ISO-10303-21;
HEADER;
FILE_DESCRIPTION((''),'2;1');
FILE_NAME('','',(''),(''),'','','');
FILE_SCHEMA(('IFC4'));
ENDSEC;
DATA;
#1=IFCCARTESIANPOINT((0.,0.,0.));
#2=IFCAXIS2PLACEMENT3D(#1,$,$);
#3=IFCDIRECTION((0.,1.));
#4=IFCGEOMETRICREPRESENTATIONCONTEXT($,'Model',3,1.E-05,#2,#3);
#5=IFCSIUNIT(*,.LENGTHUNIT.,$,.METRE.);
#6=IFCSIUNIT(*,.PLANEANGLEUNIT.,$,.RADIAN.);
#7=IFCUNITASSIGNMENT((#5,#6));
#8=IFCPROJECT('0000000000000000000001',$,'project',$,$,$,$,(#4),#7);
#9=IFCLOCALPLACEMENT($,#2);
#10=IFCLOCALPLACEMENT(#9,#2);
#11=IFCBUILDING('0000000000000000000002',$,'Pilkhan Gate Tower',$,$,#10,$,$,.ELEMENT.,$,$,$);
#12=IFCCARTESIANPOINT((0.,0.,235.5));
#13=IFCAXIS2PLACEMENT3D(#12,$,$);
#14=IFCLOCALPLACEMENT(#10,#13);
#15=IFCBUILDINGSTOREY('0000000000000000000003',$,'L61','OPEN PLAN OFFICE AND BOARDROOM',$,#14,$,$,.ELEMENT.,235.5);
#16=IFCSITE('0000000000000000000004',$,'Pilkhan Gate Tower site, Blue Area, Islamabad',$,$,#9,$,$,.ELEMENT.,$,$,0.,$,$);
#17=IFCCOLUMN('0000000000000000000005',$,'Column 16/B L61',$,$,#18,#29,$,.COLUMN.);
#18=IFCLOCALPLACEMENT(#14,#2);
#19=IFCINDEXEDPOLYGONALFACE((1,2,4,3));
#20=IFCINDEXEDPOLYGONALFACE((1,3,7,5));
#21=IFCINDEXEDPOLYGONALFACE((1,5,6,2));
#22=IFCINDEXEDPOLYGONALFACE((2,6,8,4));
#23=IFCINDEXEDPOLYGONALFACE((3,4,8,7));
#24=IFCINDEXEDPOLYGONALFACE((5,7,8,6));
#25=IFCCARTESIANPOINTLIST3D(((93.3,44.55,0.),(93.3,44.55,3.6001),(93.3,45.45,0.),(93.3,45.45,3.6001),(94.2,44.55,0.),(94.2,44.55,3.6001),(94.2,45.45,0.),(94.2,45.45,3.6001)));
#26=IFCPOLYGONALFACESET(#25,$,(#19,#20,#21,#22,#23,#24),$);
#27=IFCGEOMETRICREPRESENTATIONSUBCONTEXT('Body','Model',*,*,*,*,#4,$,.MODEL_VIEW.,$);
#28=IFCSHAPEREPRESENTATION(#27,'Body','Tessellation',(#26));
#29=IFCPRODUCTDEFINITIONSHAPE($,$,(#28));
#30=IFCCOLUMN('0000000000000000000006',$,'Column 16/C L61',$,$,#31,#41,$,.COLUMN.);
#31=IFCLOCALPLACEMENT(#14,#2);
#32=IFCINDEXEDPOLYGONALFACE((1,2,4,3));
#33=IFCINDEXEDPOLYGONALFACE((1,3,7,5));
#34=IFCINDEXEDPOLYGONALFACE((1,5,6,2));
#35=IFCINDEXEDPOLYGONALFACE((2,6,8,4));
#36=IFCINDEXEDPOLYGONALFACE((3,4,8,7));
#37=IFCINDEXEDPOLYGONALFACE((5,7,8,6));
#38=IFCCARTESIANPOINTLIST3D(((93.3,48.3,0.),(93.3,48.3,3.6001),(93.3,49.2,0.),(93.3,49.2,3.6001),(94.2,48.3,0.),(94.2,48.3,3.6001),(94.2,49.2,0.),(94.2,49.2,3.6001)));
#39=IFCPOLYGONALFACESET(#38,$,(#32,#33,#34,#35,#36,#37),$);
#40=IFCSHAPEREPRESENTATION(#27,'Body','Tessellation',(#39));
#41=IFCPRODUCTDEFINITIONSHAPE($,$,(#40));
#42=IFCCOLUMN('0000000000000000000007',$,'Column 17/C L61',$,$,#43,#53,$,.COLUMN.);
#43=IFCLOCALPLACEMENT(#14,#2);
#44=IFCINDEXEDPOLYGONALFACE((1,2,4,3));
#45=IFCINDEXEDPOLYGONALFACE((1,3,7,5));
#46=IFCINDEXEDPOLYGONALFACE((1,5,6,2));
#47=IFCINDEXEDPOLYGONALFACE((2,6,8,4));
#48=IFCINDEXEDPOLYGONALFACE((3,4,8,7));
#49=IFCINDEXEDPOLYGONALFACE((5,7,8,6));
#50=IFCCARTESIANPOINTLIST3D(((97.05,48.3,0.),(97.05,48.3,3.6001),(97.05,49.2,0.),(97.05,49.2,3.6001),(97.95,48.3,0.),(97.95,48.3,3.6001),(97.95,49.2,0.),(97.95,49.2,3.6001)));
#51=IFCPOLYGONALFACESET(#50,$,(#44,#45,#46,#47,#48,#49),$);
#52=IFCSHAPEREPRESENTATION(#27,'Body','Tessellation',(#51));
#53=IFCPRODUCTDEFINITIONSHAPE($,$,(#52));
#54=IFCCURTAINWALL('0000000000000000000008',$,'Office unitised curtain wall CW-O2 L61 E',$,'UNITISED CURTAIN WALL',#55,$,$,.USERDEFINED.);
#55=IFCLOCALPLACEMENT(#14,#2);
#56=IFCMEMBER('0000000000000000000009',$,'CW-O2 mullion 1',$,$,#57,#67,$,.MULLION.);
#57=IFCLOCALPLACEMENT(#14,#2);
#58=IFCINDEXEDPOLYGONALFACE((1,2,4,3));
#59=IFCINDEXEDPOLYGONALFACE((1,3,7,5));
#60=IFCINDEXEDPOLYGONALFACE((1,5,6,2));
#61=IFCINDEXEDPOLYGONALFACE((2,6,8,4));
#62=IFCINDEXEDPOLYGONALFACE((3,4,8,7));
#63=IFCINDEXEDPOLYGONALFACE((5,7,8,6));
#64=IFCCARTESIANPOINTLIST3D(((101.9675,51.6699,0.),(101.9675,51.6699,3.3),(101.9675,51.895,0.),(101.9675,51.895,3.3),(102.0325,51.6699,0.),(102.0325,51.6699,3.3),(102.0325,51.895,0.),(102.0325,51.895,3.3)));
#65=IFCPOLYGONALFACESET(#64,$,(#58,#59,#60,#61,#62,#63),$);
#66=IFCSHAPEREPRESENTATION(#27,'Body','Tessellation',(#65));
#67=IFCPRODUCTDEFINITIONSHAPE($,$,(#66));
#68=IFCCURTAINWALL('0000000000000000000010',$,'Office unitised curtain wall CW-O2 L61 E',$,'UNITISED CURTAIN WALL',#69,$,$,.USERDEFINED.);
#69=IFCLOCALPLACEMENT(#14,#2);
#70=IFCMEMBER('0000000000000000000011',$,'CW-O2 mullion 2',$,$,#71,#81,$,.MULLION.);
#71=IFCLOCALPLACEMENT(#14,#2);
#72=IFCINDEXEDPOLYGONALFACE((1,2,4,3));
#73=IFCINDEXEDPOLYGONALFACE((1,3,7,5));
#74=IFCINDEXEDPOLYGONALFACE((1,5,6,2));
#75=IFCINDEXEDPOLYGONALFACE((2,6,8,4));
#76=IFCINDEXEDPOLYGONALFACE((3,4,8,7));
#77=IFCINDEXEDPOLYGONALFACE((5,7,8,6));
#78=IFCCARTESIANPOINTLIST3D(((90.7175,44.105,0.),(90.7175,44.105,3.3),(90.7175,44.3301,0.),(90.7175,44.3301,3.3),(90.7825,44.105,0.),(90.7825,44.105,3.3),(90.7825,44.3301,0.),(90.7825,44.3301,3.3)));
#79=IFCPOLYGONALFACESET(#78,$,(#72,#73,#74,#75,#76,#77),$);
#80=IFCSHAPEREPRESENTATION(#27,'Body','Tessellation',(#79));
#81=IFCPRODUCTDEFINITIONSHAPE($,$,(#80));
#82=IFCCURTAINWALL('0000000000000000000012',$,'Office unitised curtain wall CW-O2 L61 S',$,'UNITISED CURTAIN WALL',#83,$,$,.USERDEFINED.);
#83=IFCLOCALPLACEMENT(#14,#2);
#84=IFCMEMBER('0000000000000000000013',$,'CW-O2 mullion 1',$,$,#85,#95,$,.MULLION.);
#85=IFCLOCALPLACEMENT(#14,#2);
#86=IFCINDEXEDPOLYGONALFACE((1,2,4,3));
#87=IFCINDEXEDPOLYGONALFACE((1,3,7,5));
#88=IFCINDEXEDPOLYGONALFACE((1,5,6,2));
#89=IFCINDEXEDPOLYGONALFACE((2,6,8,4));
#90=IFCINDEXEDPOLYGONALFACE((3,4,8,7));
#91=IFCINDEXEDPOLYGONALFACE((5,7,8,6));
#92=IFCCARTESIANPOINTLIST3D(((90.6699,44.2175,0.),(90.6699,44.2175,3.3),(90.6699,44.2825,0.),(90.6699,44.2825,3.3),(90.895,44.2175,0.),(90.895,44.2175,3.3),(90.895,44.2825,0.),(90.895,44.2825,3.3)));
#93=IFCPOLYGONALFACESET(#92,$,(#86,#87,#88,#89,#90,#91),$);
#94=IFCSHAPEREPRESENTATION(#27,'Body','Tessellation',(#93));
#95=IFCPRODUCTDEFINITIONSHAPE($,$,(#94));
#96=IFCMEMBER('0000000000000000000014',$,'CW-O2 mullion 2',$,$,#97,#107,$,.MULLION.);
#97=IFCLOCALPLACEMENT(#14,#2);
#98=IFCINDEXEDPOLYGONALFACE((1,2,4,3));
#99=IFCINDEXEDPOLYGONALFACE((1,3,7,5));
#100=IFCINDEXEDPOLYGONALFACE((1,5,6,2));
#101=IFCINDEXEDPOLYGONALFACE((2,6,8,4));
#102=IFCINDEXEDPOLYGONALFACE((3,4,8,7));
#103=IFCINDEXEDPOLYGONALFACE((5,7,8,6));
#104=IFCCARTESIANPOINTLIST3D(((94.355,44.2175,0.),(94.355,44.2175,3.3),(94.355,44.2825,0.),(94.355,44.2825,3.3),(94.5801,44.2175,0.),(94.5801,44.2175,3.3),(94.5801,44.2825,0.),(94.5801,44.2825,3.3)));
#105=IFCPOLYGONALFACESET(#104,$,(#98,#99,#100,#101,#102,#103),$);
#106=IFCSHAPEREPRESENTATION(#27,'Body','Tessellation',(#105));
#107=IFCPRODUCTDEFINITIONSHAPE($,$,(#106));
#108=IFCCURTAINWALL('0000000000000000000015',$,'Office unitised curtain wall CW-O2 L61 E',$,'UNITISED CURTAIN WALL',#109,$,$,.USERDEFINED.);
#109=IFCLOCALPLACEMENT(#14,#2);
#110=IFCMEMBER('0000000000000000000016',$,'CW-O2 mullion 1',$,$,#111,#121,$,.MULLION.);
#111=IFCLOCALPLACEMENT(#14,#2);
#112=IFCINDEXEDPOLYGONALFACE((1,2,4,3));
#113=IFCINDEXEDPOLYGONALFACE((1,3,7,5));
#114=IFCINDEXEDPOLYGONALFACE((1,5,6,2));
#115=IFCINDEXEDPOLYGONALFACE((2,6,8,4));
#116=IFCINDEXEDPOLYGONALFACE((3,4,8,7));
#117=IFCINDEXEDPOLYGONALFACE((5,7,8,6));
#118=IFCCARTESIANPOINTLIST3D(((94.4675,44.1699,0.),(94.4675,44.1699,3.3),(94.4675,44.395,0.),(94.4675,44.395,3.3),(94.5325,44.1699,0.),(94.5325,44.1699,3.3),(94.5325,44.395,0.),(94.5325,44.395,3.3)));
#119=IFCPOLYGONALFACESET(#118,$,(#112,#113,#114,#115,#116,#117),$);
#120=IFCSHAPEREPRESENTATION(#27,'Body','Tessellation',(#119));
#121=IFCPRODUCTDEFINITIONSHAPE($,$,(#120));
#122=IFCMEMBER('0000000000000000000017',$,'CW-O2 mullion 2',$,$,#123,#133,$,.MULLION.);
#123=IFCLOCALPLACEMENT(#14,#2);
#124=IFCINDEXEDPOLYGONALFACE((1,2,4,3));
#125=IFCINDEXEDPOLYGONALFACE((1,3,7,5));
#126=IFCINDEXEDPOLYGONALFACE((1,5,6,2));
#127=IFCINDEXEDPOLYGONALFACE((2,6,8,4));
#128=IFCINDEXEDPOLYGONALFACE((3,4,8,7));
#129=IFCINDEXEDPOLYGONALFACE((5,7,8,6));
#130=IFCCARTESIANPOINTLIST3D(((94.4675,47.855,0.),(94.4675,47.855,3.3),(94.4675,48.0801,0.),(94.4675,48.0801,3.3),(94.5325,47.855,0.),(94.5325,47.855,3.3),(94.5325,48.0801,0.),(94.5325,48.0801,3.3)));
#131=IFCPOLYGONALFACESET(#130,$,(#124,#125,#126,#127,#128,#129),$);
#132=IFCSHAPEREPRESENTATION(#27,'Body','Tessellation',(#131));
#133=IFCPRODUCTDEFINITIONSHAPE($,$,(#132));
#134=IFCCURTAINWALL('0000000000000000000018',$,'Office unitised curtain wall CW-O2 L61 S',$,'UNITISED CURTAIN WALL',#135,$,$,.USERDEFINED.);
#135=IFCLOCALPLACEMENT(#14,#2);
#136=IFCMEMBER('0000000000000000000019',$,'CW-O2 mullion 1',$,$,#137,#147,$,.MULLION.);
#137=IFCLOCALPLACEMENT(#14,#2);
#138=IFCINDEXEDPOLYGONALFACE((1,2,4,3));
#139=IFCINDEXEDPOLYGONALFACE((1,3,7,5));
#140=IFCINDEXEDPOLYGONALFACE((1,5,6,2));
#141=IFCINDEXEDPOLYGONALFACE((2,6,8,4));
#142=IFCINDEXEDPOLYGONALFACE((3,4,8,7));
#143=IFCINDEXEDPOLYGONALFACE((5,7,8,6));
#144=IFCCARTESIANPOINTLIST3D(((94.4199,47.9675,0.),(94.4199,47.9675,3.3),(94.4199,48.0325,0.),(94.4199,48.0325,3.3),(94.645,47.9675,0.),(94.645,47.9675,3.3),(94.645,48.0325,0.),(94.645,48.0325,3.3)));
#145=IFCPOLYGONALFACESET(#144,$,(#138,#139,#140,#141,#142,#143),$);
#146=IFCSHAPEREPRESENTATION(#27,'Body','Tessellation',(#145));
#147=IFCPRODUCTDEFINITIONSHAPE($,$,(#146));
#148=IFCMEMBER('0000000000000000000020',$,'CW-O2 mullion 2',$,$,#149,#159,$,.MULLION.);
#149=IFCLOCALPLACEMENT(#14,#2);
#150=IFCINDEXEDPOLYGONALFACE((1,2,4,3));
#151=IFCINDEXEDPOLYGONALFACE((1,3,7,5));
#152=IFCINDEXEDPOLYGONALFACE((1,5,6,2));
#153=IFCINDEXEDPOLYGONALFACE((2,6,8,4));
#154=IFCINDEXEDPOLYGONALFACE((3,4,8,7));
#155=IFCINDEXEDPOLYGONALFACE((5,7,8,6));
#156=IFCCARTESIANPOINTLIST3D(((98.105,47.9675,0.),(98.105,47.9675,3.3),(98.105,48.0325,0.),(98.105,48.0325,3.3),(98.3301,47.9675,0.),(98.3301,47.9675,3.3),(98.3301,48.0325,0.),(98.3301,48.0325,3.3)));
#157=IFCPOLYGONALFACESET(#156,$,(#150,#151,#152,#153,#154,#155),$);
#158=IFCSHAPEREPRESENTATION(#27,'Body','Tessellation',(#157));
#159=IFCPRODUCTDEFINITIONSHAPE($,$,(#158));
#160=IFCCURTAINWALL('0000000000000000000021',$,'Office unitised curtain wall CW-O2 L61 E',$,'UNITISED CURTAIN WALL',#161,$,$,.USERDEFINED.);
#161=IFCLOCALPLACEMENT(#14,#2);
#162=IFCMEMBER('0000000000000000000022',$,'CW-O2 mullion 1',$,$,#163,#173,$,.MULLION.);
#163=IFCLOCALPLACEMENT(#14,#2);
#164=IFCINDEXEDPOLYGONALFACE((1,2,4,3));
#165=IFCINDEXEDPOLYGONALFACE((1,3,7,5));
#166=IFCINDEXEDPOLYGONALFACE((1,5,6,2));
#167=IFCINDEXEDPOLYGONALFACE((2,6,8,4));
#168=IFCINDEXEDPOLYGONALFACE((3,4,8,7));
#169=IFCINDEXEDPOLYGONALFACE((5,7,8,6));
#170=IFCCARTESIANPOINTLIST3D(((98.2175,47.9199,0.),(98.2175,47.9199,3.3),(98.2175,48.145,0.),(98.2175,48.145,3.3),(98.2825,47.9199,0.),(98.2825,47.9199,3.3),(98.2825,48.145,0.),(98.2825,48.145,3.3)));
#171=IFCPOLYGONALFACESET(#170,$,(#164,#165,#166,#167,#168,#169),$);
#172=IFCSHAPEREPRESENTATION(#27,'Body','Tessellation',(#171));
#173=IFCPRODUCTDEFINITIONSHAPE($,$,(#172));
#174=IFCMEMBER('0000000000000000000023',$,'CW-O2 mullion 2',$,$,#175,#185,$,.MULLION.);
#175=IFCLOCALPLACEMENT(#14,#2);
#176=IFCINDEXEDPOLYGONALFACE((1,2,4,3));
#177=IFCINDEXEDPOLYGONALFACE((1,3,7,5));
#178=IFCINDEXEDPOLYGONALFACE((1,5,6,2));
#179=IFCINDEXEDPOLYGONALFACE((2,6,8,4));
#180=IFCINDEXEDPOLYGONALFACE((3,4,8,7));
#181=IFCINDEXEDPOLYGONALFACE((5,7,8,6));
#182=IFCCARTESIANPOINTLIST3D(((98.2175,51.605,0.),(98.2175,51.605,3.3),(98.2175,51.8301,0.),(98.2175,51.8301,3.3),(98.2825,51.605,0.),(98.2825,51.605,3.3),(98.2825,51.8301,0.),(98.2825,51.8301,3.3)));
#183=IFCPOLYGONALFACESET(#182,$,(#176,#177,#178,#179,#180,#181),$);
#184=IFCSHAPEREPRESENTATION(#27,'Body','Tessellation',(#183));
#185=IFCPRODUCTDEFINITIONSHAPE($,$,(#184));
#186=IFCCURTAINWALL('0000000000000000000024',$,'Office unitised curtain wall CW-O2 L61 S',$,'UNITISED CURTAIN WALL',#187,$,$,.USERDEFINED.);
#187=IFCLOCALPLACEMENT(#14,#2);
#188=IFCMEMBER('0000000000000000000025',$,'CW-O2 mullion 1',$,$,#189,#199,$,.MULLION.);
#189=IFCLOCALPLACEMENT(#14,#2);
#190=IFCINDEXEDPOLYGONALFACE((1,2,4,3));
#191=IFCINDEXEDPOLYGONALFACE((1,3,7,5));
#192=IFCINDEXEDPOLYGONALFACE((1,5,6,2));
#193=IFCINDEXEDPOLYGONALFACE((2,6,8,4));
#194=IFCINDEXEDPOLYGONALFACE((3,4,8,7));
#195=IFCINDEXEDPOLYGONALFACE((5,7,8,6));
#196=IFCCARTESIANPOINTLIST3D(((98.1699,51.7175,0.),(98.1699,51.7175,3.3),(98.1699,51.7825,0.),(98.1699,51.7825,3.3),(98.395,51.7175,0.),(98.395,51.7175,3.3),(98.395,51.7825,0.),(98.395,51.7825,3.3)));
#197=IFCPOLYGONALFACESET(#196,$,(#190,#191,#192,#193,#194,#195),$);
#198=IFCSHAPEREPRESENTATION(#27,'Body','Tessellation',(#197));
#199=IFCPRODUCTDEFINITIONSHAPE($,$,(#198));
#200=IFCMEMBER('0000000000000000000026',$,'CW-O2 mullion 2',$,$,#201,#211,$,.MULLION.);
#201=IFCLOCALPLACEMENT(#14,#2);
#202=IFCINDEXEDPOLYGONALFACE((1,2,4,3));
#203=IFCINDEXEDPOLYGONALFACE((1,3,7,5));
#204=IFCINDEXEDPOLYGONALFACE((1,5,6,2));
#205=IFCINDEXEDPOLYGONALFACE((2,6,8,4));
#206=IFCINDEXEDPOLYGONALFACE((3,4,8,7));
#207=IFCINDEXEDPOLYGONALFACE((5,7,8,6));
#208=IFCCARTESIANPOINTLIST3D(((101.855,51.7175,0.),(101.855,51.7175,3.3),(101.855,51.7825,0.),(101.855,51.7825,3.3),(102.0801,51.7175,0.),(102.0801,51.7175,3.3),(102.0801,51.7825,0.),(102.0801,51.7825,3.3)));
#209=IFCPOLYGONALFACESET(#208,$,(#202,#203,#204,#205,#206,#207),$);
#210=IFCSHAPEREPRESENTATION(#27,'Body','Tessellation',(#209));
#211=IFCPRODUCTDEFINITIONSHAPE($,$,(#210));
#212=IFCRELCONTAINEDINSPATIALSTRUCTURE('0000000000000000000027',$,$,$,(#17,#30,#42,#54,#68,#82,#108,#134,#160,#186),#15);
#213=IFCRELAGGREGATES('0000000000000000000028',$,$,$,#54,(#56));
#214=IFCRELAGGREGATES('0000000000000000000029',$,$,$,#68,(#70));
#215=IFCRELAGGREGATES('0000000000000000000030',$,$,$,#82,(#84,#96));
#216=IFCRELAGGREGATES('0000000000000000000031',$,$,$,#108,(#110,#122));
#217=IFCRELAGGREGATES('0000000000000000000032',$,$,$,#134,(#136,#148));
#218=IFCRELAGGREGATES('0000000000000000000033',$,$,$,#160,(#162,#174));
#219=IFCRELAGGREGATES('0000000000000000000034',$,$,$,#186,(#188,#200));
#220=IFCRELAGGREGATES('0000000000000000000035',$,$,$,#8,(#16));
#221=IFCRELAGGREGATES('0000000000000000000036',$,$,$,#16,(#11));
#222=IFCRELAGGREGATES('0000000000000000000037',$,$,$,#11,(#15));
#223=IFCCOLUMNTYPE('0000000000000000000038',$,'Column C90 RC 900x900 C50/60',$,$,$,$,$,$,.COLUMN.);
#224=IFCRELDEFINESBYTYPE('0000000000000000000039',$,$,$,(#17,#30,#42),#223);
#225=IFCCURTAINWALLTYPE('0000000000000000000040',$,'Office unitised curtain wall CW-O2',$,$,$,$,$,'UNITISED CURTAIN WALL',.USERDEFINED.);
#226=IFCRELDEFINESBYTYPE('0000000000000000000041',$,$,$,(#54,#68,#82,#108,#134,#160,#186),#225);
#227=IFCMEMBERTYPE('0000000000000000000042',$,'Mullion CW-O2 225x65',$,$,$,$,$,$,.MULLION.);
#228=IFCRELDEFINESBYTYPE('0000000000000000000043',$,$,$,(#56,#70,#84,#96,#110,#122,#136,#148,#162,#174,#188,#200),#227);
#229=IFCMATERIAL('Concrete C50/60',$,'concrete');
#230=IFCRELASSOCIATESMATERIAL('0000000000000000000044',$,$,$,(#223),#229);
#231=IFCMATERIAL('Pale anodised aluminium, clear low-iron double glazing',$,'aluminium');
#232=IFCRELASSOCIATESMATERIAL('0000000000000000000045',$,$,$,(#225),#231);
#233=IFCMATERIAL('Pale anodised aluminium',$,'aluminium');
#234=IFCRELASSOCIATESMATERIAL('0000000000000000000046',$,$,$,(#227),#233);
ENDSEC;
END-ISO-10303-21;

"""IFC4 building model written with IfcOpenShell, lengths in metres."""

from ifc_helpers import new_model, si_unit, direction, frame, origin, origin_2d, place, context, subcontext, project, spatial, rectangle, extrude, material, material_profile, profile_set, type_object, element, aggregate, save


model = new_model("IFC4")

# Units and contexts
model_context = context("Model", 3, precision=1e-05, world=origin(), true_north=direction((0.0, 1.0)))
body_context = subcontext(model_context, "Body", "Model", "MODEL_VIEW")
ifc_project = project(units=[si_unit("LENGTHUNIT", "METRE"), si_unit("PLANEANGLEUNIT", "RADIAN")], contexts=[model_context])

# Site, building, storey
site_placement = place(None, origin())
site = spatial("IfcSite", under=ifc_project, at=site_placement, Name="Pilkhan Gate Tower site, Blue Area, Islamabad", CompositionType="ELEMENT", RefElevation=0.0)
building_placement = place(site_placement, origin())
building = spatial("IfcBuilding", under=site, at=building_placement, Name="Pilkhan Gate Tower", CompositionType="ELEMENT")
storey_placement = place(building_placement, frame((0.0, 0.0, 235.5)))
storey = spatial("IfcBuildingStorey", under=building, at=storey_placement, Name="L61", Description="OPEN PLAN OFFICE AND BOARDROOM", CompositionType="ELEMENT", Elevation=235.5)

# Columns
ifc_material_1 = material(Name="Concrete C50/60", Category="concrete")
ifc_material_profile_1 = material_profile(ifc_material_1, rectangle(XDim=0.8999, YDim=0.8999, at=origin_2d()), Name="RC 900x900")
ifc_profile_set_1 = profile_set([ifc_material_profile_1], Name="Concrete C50/60")
column_type = type_object("IfcColumnType", Name="Column C90 RC 900x900 C50/60", PredefinedType="COLUMN", material=ifc_profile_set_1)
for number, where, z_axis, x_axis, name in (
    (1, (93.75, 45.0, 0.0), (0.0, 0.0, 1.0), (1.0, 0.0, 0.0), "Column 16/B L61"),
    (2, (93.75, 48.75, 0.0), (0.0, 0.0, 1.0), (1.0, 0.0, 0.0), "Column 16/C L61"),
    (3, (97.5, 48.75, 0.0), (0.0, 0.0, 1.0), (1.0, 0.0, 0.0), "Column 17/C L61"),
):
    element("IfcColumn", number, at=place(storey_placement, frame(where, z_axis=z_axis, x_axis=x_axis)), inside=storey, type_object=column_type, Name=name, PredefinedType="COLUMN", context=body_context, shape_type="SweptSolid", body=[
        extrude(rectangle(XDim=0.8999, YDim=0.8999, at=origin_2d()), origin(), (0.0, 0.0, 1.0), 3.6001),
    ])

# Curtain walls, members
ifc_material_2 = material(Name="Pale anodised aluminium, clear low-iron double glazing", Category="aluminium")
curtain_wall_type = type_object("IfcCurtainWallType", Name="Office unitised curtain wall CW-O2", ElementType="UNITISED CURTAIN WALL", PredefinedType="USERDEFINED", material=ifc_material_2)
curtain_wall_1_placement = place(storey_placement, origin())
curtain_wall_1 = element("IfcCurtainWall", 4, at=curtain_wall_1_placement, inside=storey, type_object=curtain_wall_type, Name="Office unitised curtain wall CW-O2 L61 E", ObjectType="UNITISED CURTAIN WALL", PredefinedType="USERDEFINED")
ifc_material_3 = material(Name="Pale anodised aluminium", Category="aluminium")
ifc_material_profile_2 = material_profile(ifc_material_3, rectangle(XDim=0.0649, YDim=0.2251, at=origin_2d()), Name="Mullion 225x65")
ifc_profile_set_2 = profile_set([ifc_material_profile_2], Name="Pale anodised aluminium")
member_type_1 = type_object("IfcMemberType", Name="Mullion CW-O2 225x65", PredefinedType="MULLION", material=ifc_profile_set_2)
member_1_placement = place(storey_placement, frame((102.0, 51.7825, 0.0), z_axis=(0.0, 0.0, 1.0), x_axis=(-1.0, 0.0, 0.0)))
member_1 = element("IfcMember", 5, at=member_1_placement, type_object=member_type_1, Name="CW-O2 mullion 1", PredefinedType="MULLION", context=body_context, shape_type="SweptSolid", body=[
    extrude(rectangle(XDim=0.0649, YDim=0.2251, at=origin_2d()), origin(), (0.0, 0.0, 1.0), 3.3),
])
curtain_wall_2_placement = place(storey_placement, origin())
curtain_wall_2 = element("IfcCurtainWall", 6, at=curtain_wall_2_placement, inside=storey, type_object=curtain_wall_type, Name="Office unitised curtain wall CW-O2 L61 E", ObjectType="UNITISED CURTAIN WALL", PredefinedType="USERDEFINED")
member_2_placement = place(storey_placement, frame((90.75, 44.2175, 0.0), z_axis=(0.0, 0.0, 1.0), x_axis=(-1.0, 0.0, 0.0)))
member_2 = element("IfcMember", 7, at=member_2_placement, type_object=member_type_1, Name="CW-O2 mullion 2", PredefinedType="MULLION", context=body_context, shape_type="SweptSolid", body=[
    extrude(rectangle(XDim=0.0649, YDim=0.2251, at=origin_2d()), origin(), (0.0, 0.0, 1.0), 3.3),
])

# Curtain walls, members
curtain_wall_3_placement = place(storey_placement, origin())
curtain_wall_3 = element("IfcCurtainWall", 8, at=curtain_wall_3_placement, inside=storey, type_object=curtain_wall_type, Name="Office unitised curtain wall CW-O2 L61 S", ObjectType="UNITISED CURTAIN WALL", PredefinedType="USERDEFINED")
member_3_placement = place(storey_placement, frame((90.7825, 44.25, 0.0), z_axis=(0.0, 0.0, 1.0), x_axis=(0.0, 1.0, 0.0)))
member_3 = element("IfcMember", 9, at=member_3_placement, type_object=member_type_1, Name="CW-O2 mullion 1", PredefinedType="MULLION", context=body_context, shape_type="SweptSolid", body=[
    extrude(rectangle(XDim=0.0649, YDim=0.2251, at=origin_2d()), origin(), (0.0, 0.0, 1.0), 3.3),
])
member_4_placement = place(storey_placement, frame((94.4675, 44.25, 0.0), z_axis=(0.0, 0.0, 1.0), x_axis=(0.0, 1.0, 0.0)))
member_4 = element("IfcMember", 10, at=member_4_placement, type_object=member_type_1, Name="CW-O2 mullion 2", PredefinedType="MULLION", context=body_context, shape_type="SweptSolid", body=[
    extrude(rectangle(XDim=0.0649, YDim=0.2251, at=origin_2d()), origin(), (0.0, 0.0, 1.0), 3.3),
])
curtain_wall_4_placement = place(storey_placement, origin())
curtain_wall_4 = element("IfcCurtainWall", 11, at=curtain_wall_4_placement, inside=storey, type_object=curtain_wall_type, Name="Office unitised curtain wall CW-O2 L61 E", ObjectType="UNITISED CURTAIN WALL", PredefinedType="USERDEFINED")
member_5_placement = place(storey_placement, frame((94.5, 44.2825, 0.0), z_axis=(0.0, 0.0, 1.0), x_axis=(-1.0, 0.0, 0.0)))
member_5 = element("IfcMember", 12, at=member_5_placement, type_object=member_type_1, Name="CW-O2 mullion 1", PredefinedType="MULLION", context=body_context, shape_type="SweptSolid", body=[
    extrude(rectangle(XDim=0.0649, YDim=0.2251, at=origin_2d()), origin(), (0.0, 0.0, 1.0), 3.3),
])
member_6_placement = place(storey_placement, frame((94.5, 47.9675, 0.0), z_axis=(0.0, 0.0, 1.0), x_axis=(-1.0, 0.0, 0.0)))
member_6 = element("IfcMember", 13, at=member_6_placement, type_object=member_type_1, Name="CW-O2 mullion 2", PredefinedType="MULLION", context=body_context, shape_type="SweptSolid", body=[
    extrude(rectangle(XDim=0.0649, YDim=0.2251, at=origin_2d()), origin(), (0.0, 0.0, 1.0), 3.3),
])
curtain_wall_5_placement = place(storey_placement, origin())
curtain_wall_5 = element("IfcCurtainWall", 14, at=curtain_wall_5_placement, inside=storey, type_object=curtain_wall_type, Name="Office unitised curtain wall CW-O2 L61 S", ObjectType="UNITISED CURTAIN WALL", PredefinedType="USERDEFINED")
member_7_placement = place(storey_placement, frame((94.5325, 48.0, 0.0), z_axis=(0.0, 0.0, 1.0), x_axis=(0.0, 1.0, 0.0)))
member_7 = element("IfcMember", 15, at=member_7_placement, type_object=member_type_1, Name="CW-O2 mullion 1", PredefinedType="MULLION", context=body_context, shape_type="SweptSolid", body=[
    extrude(rectangle(XDim=0.0649, YDim=0.2251, at=origin_2d()), origin(), (0.0, 0.0, 1.0), 3.3),
])
member_8_placement = place(storey_placement, frame((98.2175, 48.0, 0.0), z_axis=(0.0, 0.0, 1.0), x_axis=(0.0, 1.0, 0.0)))
member_8 = element("IfcMember", 16, at=member_8_placement, type_object=member_type_1, Name="CW-O2 mullion 2", PredefinedType="MULLION", context=body_context, shape_type="SweptSolid", body=[
    extrude(rectangle(XDim=0.0649, YDim=0.2251, at=origin_2d()), origin(), (0.0, 0.0, 1.0), 3.3),
])
curtain_wall_6_placement = place(storey_placement, origin())
curtain_wall_6 = element("IfcCurtainWall", 17, at=curtain_wall_6_placement, inside=storey, type_object=curtain_wall_type, Name="Office unitised curtain wall CW-O2 L61 E", ObjectType="UNITISED CURTAIN WALL", PredefinedType="USERDEFINED")
member_9_placement = place(storey_placement, frame((98.25, 48.0325, 0.0), z_axis=(0.0, 0.0, 1.0), x_axis=(-1.0, 0.0, 0.0)))
member_9 = element("IfcMember", 18, at=member_9_placement, type_object=member_type_1, Name="CW-O2 mullion 1", PredefinedType="MULLION", context=body_context, shape_type="SweptSolid", body=[
    extrude(rectangle(XDim=0.0649, YDim=0.2251, at=origin_2d()), origin(), (0.0, 0.0, 1.0), 3.3),
])
member_10_placement = place(storey_placement, frame((98.25, 51.7175, 0.0), z_axis=(0.0, 0.0, 1.0), x_axis=(-1.0, 0.0, 0.0)))
member_10 = element("IfcMember", 19, at=member_10_placement, type_object=member_type_1, Name="CW-O2 mullion 2", PredefinedType="MULLION", context=body_context, shape_type="SweptSolid", body=[
    extrude(rectangle(XDim=0.0649, YDim=0.2251, at=origin_2d()), origin(), (0.0, 0.0, 1.0), 3.3),
])
curtain_wall_7_placement = place(storey_placement, origin())
curtain_wall_7 = element("IfcCurtainWall", 20, at=curtain_wall_7_placement, inside=storey, type_object=curtain_wall_type, Name="Office unitised curtain wall CW-O2 L61 S", ObjectType="UNITISED CURTAIN WALL", PredefinedType="USERDEFINED")
member_11_placement = place(storey_placement, frame((98.2825, 51.75, 0.0), z_axis=(0.0, 0.0, 1.0), x_axis=(0.0, 1.0, 0.0)))
member_11 = element("IfcMember", 21, at=member_11_placement, type_object=member_type_1, Name="CW-O2 mullion 1", PredefinedType="MULLION", context=body_context, shape_type="SweptSolid", body=[
    extrude(rectangle(XDim=0.0649, YDim=0.2251, at=origin_2d()), origin(), (0.0, 0.0, 1.0), 3.3),
])
member_12_placement = place(storey_placement, frame((101.9675, 51.75, 0.0), z_axis=(0.0, 0.0, 1.0), x_axis=(0.0, 1.0, 0.0)))
member_12 = element("IfcMember", 22, at=member_12_placement, type_object=member_type_1, Name="CW-O2 mullion 2", PredefinedType="MULLION", context=body_context, shape_type="SweptSolid", body=[
    extrude(rectangle(XDim=0.0649, YDim=0.2251, at=origin_2d()), origin(), (0.0, 0.0, 1.0), 3.3),
])

aggregate(curtain_wall_1, [member_1])

aggregate(curtain_wall_2, [member_2])
aggregate(curtain_wall_3, [member_3, member_4])
aggregate(curtain_wall_4, [member_5, member_6])
aggregate(curtain_wall_5, [member_7, member_8])
aggregate(curtain_wall_6, [member_9, member_10])
aggregate(curtain_wall_7, [member_11, member_12])

save(model, "model.ifc")
